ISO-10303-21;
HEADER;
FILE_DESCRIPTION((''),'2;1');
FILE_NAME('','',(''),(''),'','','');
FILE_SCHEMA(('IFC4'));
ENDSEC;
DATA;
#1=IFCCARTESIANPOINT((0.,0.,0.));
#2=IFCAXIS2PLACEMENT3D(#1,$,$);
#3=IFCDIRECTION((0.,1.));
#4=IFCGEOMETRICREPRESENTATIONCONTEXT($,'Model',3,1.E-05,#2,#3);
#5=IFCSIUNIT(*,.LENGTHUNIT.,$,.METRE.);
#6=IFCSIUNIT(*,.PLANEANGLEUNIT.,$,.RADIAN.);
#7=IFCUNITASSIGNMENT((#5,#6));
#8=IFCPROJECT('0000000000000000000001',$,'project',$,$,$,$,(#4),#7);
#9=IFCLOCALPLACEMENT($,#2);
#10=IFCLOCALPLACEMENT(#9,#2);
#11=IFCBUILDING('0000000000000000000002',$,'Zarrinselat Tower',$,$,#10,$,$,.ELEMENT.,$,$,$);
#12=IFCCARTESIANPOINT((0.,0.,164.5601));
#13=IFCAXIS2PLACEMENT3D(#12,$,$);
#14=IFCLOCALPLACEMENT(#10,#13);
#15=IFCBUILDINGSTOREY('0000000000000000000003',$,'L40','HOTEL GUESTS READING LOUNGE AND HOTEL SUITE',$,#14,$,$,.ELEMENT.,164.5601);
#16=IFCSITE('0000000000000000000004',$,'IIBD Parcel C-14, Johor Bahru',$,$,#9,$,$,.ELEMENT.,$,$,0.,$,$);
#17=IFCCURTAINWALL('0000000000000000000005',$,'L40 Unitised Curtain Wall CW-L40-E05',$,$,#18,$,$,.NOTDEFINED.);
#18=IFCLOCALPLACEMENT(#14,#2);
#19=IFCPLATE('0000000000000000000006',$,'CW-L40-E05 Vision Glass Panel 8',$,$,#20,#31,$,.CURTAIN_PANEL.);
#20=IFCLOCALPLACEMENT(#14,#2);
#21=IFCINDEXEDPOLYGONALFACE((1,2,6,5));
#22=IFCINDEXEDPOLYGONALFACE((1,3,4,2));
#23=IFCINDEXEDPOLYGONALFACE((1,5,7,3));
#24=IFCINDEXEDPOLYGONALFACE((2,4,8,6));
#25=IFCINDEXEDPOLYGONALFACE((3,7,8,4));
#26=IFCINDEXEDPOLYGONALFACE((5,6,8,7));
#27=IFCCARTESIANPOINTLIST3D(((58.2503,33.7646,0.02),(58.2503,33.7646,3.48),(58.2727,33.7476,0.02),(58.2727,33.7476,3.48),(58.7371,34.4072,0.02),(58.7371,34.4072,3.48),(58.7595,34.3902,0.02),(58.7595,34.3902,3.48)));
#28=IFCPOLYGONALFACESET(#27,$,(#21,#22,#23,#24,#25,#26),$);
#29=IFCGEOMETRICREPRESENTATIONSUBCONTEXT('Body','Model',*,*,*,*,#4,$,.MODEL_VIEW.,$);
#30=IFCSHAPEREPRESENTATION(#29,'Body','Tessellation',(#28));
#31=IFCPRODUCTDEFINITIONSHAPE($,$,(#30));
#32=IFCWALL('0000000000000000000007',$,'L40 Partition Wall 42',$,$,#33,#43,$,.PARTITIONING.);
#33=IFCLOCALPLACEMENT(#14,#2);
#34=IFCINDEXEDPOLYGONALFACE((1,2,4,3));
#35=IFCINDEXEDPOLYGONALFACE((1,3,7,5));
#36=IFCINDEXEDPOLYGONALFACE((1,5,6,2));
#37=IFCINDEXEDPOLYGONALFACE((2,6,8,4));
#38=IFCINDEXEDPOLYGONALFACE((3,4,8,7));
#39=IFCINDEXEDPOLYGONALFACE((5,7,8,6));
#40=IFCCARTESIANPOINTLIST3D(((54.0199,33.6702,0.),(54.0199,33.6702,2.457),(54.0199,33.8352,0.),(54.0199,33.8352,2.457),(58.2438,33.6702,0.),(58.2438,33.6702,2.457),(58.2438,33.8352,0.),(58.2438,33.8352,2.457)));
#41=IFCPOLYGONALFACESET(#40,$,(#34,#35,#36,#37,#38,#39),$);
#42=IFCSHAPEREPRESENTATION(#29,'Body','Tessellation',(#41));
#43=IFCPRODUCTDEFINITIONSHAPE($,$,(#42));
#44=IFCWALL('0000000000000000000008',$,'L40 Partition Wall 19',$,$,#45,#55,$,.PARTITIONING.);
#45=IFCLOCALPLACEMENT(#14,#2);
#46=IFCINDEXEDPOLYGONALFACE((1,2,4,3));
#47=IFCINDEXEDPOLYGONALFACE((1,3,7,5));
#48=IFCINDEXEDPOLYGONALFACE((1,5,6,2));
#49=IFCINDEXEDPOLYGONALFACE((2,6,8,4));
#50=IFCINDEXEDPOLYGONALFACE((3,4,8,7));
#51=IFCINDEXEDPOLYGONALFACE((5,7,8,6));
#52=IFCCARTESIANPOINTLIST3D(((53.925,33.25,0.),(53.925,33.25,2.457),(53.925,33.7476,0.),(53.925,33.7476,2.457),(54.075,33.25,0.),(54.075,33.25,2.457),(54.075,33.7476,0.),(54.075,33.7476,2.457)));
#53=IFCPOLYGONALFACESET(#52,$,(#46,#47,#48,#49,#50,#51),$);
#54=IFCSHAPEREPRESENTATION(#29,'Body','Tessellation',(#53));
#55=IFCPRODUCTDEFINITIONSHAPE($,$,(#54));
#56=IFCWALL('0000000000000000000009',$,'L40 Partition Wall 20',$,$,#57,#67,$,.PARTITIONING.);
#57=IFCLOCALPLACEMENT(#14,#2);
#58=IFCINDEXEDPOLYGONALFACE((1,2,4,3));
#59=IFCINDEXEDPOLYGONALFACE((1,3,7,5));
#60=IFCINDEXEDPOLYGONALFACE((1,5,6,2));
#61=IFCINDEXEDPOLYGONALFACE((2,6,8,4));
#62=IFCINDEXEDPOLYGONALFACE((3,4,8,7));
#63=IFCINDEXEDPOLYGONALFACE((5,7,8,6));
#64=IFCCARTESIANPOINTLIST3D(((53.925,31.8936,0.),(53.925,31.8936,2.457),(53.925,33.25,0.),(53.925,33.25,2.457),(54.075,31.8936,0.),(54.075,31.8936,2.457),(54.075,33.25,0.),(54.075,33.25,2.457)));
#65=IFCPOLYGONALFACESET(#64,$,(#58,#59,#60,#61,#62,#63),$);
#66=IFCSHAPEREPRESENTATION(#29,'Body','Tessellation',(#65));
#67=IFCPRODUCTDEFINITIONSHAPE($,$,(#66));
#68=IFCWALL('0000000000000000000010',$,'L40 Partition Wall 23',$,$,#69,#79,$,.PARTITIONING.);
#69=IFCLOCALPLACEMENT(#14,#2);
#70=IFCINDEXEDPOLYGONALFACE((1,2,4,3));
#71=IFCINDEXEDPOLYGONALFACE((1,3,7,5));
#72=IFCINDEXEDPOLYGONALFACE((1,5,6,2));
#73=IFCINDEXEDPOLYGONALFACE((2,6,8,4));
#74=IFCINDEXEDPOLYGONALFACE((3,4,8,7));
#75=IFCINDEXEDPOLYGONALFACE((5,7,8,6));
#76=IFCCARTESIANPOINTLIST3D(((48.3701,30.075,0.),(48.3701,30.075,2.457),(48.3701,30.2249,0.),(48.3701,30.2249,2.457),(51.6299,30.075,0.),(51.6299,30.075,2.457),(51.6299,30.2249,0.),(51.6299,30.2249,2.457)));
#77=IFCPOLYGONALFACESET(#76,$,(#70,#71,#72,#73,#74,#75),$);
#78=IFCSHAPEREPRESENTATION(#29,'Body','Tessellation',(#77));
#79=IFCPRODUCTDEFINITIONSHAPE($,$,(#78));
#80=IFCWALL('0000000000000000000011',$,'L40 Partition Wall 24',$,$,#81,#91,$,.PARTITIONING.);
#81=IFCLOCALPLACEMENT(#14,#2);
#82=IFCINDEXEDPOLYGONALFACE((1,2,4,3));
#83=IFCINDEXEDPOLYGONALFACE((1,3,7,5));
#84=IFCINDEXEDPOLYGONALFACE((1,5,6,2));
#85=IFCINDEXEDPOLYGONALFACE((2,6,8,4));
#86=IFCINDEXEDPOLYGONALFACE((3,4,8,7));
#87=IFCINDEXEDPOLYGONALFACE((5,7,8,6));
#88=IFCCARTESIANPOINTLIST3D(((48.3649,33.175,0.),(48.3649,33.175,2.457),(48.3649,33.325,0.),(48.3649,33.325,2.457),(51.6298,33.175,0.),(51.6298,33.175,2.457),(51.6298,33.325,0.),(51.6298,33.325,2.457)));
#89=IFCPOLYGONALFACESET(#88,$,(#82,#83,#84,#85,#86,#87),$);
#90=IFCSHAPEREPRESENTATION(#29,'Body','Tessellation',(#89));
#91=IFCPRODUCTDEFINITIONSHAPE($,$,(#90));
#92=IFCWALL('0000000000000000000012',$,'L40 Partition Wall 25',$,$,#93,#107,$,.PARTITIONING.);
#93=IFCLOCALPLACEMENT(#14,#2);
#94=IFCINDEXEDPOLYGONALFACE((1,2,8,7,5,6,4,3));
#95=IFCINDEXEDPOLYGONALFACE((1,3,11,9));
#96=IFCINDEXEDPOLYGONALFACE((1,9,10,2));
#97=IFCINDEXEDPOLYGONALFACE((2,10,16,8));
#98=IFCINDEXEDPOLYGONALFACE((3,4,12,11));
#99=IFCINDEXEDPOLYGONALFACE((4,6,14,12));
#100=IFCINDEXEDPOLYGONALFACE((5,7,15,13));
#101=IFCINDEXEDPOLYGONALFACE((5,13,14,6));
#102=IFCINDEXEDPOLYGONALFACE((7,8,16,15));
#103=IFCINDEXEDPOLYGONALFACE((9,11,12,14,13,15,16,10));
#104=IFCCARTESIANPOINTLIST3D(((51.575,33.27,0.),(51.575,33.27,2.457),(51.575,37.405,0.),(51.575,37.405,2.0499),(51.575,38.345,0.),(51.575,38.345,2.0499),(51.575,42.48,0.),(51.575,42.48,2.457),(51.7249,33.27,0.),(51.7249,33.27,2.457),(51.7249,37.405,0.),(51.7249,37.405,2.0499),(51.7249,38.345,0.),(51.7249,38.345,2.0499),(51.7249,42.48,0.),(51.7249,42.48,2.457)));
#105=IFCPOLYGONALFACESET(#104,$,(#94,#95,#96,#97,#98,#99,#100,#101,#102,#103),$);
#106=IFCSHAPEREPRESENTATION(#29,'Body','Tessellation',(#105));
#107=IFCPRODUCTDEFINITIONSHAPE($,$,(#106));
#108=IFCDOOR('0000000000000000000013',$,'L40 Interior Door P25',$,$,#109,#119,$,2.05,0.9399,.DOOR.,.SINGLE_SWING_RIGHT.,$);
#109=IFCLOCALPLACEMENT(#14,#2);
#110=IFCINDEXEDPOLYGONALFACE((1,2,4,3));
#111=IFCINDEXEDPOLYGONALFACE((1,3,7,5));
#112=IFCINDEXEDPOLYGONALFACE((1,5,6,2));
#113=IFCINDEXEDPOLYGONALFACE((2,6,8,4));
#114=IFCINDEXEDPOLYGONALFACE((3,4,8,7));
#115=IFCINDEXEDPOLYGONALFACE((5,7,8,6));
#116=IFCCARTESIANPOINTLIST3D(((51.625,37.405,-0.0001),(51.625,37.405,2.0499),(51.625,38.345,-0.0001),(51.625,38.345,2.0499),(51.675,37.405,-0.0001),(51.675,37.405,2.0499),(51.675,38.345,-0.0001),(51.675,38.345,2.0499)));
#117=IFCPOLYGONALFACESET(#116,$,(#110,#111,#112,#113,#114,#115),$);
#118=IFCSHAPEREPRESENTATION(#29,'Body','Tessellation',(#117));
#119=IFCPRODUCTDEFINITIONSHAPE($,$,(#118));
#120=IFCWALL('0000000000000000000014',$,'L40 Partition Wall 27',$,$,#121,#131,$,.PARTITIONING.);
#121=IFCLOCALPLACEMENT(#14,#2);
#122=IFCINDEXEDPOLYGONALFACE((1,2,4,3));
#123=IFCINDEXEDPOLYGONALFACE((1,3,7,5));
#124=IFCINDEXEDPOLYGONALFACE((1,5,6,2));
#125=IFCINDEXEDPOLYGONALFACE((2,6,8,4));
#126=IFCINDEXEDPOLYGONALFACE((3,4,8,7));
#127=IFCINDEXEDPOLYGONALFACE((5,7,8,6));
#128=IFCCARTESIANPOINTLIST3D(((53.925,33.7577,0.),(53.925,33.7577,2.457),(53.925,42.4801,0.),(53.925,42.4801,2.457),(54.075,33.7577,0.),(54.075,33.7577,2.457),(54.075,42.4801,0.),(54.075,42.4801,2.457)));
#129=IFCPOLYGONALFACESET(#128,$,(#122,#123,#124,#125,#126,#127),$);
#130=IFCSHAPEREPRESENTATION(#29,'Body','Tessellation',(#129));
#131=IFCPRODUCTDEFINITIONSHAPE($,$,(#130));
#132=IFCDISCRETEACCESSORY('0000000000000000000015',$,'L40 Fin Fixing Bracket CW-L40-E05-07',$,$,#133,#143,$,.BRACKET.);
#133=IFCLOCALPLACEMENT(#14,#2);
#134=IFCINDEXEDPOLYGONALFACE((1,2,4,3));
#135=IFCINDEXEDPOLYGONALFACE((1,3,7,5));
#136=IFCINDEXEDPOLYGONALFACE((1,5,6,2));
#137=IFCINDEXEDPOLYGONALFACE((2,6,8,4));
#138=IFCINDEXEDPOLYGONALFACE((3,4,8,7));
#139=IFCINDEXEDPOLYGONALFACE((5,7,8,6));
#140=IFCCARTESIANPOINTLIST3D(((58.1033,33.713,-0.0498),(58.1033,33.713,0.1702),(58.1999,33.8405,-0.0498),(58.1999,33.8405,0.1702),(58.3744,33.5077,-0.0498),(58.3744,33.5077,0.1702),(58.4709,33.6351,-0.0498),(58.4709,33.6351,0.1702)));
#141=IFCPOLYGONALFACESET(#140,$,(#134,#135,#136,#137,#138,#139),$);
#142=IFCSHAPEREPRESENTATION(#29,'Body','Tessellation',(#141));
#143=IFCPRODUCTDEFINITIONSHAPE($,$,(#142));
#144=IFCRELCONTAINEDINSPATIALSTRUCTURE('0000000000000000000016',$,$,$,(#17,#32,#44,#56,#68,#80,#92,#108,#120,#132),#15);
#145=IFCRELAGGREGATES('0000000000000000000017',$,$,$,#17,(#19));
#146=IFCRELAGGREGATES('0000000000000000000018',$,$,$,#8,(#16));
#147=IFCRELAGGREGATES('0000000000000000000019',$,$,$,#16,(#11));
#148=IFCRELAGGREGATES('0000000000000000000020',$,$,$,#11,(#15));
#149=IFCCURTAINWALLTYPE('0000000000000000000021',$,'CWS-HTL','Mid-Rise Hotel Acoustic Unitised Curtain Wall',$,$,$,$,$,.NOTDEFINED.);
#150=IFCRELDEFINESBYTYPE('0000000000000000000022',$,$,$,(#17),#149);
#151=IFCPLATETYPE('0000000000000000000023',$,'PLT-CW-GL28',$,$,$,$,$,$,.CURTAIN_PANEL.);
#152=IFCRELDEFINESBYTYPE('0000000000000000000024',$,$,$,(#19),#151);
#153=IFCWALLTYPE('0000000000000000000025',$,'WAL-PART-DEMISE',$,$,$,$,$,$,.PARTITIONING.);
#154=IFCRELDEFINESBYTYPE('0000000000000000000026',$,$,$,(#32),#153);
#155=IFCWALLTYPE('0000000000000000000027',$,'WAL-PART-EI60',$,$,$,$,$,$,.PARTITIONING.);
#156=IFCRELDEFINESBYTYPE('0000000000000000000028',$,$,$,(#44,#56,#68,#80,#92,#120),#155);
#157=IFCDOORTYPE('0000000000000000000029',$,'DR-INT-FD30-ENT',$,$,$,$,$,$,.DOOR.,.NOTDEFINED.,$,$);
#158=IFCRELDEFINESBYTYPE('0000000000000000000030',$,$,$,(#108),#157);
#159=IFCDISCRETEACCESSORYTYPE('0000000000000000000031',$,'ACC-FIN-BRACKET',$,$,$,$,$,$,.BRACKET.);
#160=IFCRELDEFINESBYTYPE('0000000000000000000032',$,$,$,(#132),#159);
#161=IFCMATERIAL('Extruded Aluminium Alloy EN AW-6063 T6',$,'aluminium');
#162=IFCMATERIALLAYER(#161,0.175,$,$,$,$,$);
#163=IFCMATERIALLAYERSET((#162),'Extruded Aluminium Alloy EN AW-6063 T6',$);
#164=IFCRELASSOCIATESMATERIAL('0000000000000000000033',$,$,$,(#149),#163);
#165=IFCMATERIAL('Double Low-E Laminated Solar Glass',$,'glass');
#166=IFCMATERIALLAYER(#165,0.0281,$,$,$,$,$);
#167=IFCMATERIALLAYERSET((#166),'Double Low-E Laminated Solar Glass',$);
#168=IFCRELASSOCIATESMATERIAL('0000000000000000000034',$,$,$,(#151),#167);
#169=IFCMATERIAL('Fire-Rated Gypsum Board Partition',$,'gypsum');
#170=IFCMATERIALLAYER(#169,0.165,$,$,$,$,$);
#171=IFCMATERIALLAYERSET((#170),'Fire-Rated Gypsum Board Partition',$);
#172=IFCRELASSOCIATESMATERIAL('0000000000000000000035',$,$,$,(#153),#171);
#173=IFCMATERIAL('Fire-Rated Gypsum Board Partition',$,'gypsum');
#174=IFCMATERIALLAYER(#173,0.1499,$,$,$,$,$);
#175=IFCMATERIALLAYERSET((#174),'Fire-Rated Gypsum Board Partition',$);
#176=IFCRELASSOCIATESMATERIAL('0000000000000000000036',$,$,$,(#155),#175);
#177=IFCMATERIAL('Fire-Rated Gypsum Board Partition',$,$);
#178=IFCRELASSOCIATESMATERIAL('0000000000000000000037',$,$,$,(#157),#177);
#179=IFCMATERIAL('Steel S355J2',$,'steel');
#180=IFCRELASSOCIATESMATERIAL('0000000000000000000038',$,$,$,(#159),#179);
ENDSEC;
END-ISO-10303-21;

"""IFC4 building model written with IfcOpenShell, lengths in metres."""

from ifc_helpers import new_model, si_unit, direction, frame, frame_2d, origin, origin_2d, place, context, subcontext, project, spatial, rectangle, extrude, material, layer, layer_set, type_object, element, fill, aggregate, save


model = new_model("IFC4")

# Units and contexts
model_context = context("Model", 3, precision=1e-05, world=origin(), true_north=direction((0.0, 1.0)))
body_context = subcontext(model_context, "Body", "Model", "MODEL_VIEW")
ifc_project = project(units=[si_unit("LENGTHUNIT", "METRE"), si_unit("PLANEANGLEUNIT", "RADIAN")], contexts=[model_context])

# Site, building, storey
site_placement = place(None, origin())
site = spatial("IfcSite", under=ifc_project, at=site_placement, Name="IIBD Parcel C-14, Johor Bahru", CompositionType="ELEMENT", RefElevation=0.0)
building_placement = place(site_placement, origin())
building = spatial("IfcBuilding", under=site, at=building_placement, Name="Zarrinselat Tower", CompositionType="ELEMENT")
storey_placement = place(building_placement, frame((0.0, 0.0, 164.5601)))
storey = spatial("IfcBuildingStorey", under=building, at=storey_placement, Name="L40", Description="HOTEL GUESTS READING LOUNGE AND HOTEL SUITE", CompositionType="ELEMENT", Elevation=164.5601)

# Curtain wall, plate
ifc_material_1 = material(Name="Extruded Aluminium Alloy EN AW-6063 T6", Category="aluminium")
ifc_layer_1 = layer(ifc_material_1, 0.175)
ifc_layer_set_1 = layer_set([ifc_layer_1], Name="Extruded Aluminium Alloy EN AW-6063 T6")
curtain_wall_type = type_object("IfcCurtainWallType", Name="CWS-HTL", Description="Mid-Rise Hotel Acoustic Unitised Curtain Wall", PredefinedType="NOTDEFINED", material=ifc_layer_set_1)
curtain_wall_placement = place(storey_placement, origin())
curtain_wall = element("IfcCurtainWall", 1, at=curtain_wall_placement, inside=storey, type_object=curtain_wall_type, Name="L40 Unitised Curtain Wall CW-L40-E05", PredefinedType="NOTDEFINED")
ifc_material_2 = material(Name="Double Low-E Laminated Solar Glass", Category="glass")
ifc_layer_2 = layer(ifc_material_2, 0.0281)
ifc_layer_set_2 = layer_set([ifc_layer_2], Name="Double Low-E Laminated Solar Glass")
plate_type = type_object("IfcPlateType", Name="PLT-CW-GL28", PredefinedType="CURTAIN_PANEL", material=ifc_layer_set_2)
plate_1_placement = place(storey_placement, frame((58.5049, 34.0774, 0.02), z_axis=(0.0, 0.0, 1.0), x_axis=(0.603859, 0.797091, 0.0)))
plate_1 = element("IfcPlate", 2, at=plate_1_placement, type_object=plate_type, Name="CW-L40-E05 Vision Glass Panel 8", PredefinedType="CURTAIN_PANEL", context=body_context, shape_type="SweptSolid", body=[
    extrude(rectangle(XDim=0.8062, YDim=0.0281, at=origin_2d()), origin(), (0.0, 0.0, 1.0), 3.46),
])
aggregate(curtain_wall, [plate_1])

# Walls
ifc_material_3 = material(Name="Fire-Rated Gypsum Board Partition", Category="gypsum")
ifc_layer_3 = layer(ifc_material_3, 0.165)
ifc_layer_set_3 = layer_set([ifc_layer_3], Name="Fire-Rated Gypsum Board Partition")
wall_type_1 = type_object("IfcWallType", Name="WAL-PART-DEMISE", PredefinedType="PARTITIONING", material=ifc_layer_set_3)
wall_1_placement = place(storey_placement, frame((54.02, 33.7527, 0.0), z_axis=(0.0, 0.0, 1.0), x_axis=(1.0, 0.0, 0.0)))
element("IfcWall", 3, at=wall_1_placement, inside=storey, type_object=wall_type_1, Name="L40 Partition Wall 42", PredefinedType="PARTITIONING", context=body_context, shape_type="SweptSolid", body=[
    extrude(rectangle(XDim=4.2239, YDim=0.165, at=frame_2d((2.1118, 0.0))), origin(), (0.0, 0.0, 1.0), 2.457),
])
ifc_material_4 = material(Name="Fire-Rated Gypsum Board Partition", Category="gypsum")
ifc_layer_4 = layer(ifc_material_4, 0.1499)
ifc_layer_set_4 = layer_set([ifc_layer_4], Name="Fire-Rated Gypsum Board Partition")
wall_type_2 = type_object("IfcWallType", Name="WAL-PART-EI60", PredefinedType="PARTITIONING", material=ifc_layer_set_4)
wall_2_placement = place(storey_placement, frame((54.0, 33.25, 0.0), z_axis=(0.0, 0.0, 1.0), x_axis=(0.0, 1.0, 0.0)))
element("IfcWall", 4, at=wall_2_placement, inside=storey, type_object=wall_type_2, Name="L40 Partition Wall 19", PredefinedType="PARTITIONING", context=body_context, shape_type="SweptSolid", body=[
    extrude(rectangle(XDim=0.4976, YDim=0.1499, at=frame_2d((0.2488, 0.0))), origin(), (0.0, 0.0, 1.0), 2.457),
])
wall_3_placement = place(storey_placement, frame((54.0, 31.8936, 0.0), z_axis=(0.0, 0.0, 1.0), x_axis=(0.0, 1.0, 0.0)))
element("IfcWall", 5, at=wall_3_placement, inside=storey, type_object=wall_type_2, Name="L40 Partition Wall 20", PredefinedType="PARTITIONING", context=body_context, shape_type="SweptSolid", body=[
    extrude(rectangle(XDim=1.3564, YDim=0.1499, at=frame_2d((0.6782, 0.0))), origin(), (0.0, 0.0, 1.0), 2.457),
])
wall_4_placement = place(storey_placement, frame((48.3701, 30.1499, 0.0), z_axis=(0.0, 0.0, 1.0), x_axis=(1.0, 0.0, 0.0)))
element("IfcWall", 6, at=wall_4_placement, inside=storey, type_object=wall_type_2, Name="L40 Partition Wall 23", PredefinedType="PARTITIONING", context=body_context, shape_type="SweptSolid", body=[
    extrude(rectangle(XDim=3.2598, YDim=0.1499, at=frame_2d((1.6299, 0.0))), origin(), (0.0, 0.0, 1.0), 2.457),
])
wall_5_placement = place(storey_placement, frame((48.365, 33.25, 0.0), z_axis=(0.0, 0.0, 1.0), x_axis=(1.0, 0.0, 0.0)))
element("IfcWall", 7, at=wall_5_placement, inside=storey, type_object=wall_type_2, Name="L40 Partition Wall 24", PredefinedType="PARTITIONING", context=body_context, shape_type="SweptSolid", body=[
    extrude(rectangle(XDim=3.2649, YDim=0.1499, at=frame_2d((1.6323, 0.0))), origin(), (0.0, 0.0, 1.0), 2.457),
])

# Wall, opening, door
wall_6_placement = place(storey_placement, frame((51.6499, 33.27, 0.0), z_axis=(0.0, 0.0, 1.0), x_axis=(0.0, 1.0, 0.0)))
wall_6 = element("IfcWall", 8, at=wall_6_placement, inside=storey, type_object=wall_type_2, Name="L40 Partition Wall 25", PredefinedType="PARTITIONING", context=body_context, shape_type="SweptSolid", body=[
    extrude(rectangle(XDim=9.21, YDim=0.1499, at=frame_2d((4.605, 0.0))), origin(), (0.0, 0.0, 1.0), 2.457),
])
opening_placement = place(wall_6_placement, frame((4.135, 0.0, 0.0)))
opening = element("IfcOpeningElement", 9, at=opening_placement, cuts=wall_6, PredefinedType="OPENING", context=body_context, shape_type="SweptSolid", body=[
    extrude(rectangle(XDim=0.9399, YDim=2.05, at=frame_2d((0.47, 1.0249))), frame((0.0, 0.085, 0.0), z_axis=(0.0, -1.0, 0.0), x_axis=(1.0, 0.0, 0.0)), (0.0, 0.0, 1.0), 0.1699),
])
ifc_material_5 = material(Name="Fire-Rated Gypsum Board Partition")
door_type = type_object("IfcDoorType", Name="DR-INT-FD30-ENT", OperationType="NOTDEFINED", PredefinedType="DOOR", material=ifc_material_5)
door_placement = place(opening_placement, origin())
door = element("IfcDoor", 10, at=door_placement, inside=storey, type_object=door_type, Name="L40 Interior Door P25", OperationType="SINGLE_SWING_RIGHT", OverallHeight=2.05, OverallWidth=0.9399, PredefinedType="DOOR", context=body_context, shape_type="SweptSolid", body=[
    extrude(rectangle(XDim=0.9399, YDim=2.05, at=frame_2d((0.47, 1.0249))), frame((0.0, 0.0249, 0.0), z_axis=(0.0, -1.0, 0.0), x_axis=(1.0, 0.0, 0.0)), (0.0, 0.0, 1.0), 0.05),
])
fill(opening, door)

# Wall
wall_7_placement = place(storey_placement, frame((54.0, 33.7576, 0.0), z_axis=(0.0, 0.0, 1.0), x_axis=(0.0, 1.0, 0.0)))
element("IfcWall", 11, at=wall_7_placement, inside=storey, type_object=wall_type_2, Name="L40 Partition Wall 27", PredefinedType="PARTITIONING", context=body_context, shape_type="SweptSolid", body=[
    extrude(rectangle(XDim=8.7224, YDim=0.1499, at=frame_2d((4.3613, 0.0))), origin(), (0.0, 0.0, 1.0), 2.457),
])

# Discrete accessory
ifc_material_6 = material(Name="Steel S355J2", Category="steel")
discrete_accessory_type = type_object("IfcDiscreteAccessoryType", Name="ACC-FIN-BRACKET", PredefinedType="BRACKET", material=ifc_material_6)
discrete_accessory_placement = place(storey_placement, frame((58.2871, 33.6741, -0.0498), z_axis=(0.0, 0.0, 1.0), x_axis=(0.797091, -0.603859, 0.0)))
element("IfcDiscreteAccessory", 12, at=discrete_accessory_placement, inside=storey, type_object=discrete_accessory_type, Name="L40 Fin Fixing Bracket CW-L40-E05-07", PredefinedType="BRACKET", context=body_context, shape_type="SweptSolid", body=[
    extrude(rectangle(XDim=0.3401, YDim=0.1599, at=origin_2d()), origin(), (0.0, 0.0, 1.0), 0.22),
])

save(model, "model.ifc")
